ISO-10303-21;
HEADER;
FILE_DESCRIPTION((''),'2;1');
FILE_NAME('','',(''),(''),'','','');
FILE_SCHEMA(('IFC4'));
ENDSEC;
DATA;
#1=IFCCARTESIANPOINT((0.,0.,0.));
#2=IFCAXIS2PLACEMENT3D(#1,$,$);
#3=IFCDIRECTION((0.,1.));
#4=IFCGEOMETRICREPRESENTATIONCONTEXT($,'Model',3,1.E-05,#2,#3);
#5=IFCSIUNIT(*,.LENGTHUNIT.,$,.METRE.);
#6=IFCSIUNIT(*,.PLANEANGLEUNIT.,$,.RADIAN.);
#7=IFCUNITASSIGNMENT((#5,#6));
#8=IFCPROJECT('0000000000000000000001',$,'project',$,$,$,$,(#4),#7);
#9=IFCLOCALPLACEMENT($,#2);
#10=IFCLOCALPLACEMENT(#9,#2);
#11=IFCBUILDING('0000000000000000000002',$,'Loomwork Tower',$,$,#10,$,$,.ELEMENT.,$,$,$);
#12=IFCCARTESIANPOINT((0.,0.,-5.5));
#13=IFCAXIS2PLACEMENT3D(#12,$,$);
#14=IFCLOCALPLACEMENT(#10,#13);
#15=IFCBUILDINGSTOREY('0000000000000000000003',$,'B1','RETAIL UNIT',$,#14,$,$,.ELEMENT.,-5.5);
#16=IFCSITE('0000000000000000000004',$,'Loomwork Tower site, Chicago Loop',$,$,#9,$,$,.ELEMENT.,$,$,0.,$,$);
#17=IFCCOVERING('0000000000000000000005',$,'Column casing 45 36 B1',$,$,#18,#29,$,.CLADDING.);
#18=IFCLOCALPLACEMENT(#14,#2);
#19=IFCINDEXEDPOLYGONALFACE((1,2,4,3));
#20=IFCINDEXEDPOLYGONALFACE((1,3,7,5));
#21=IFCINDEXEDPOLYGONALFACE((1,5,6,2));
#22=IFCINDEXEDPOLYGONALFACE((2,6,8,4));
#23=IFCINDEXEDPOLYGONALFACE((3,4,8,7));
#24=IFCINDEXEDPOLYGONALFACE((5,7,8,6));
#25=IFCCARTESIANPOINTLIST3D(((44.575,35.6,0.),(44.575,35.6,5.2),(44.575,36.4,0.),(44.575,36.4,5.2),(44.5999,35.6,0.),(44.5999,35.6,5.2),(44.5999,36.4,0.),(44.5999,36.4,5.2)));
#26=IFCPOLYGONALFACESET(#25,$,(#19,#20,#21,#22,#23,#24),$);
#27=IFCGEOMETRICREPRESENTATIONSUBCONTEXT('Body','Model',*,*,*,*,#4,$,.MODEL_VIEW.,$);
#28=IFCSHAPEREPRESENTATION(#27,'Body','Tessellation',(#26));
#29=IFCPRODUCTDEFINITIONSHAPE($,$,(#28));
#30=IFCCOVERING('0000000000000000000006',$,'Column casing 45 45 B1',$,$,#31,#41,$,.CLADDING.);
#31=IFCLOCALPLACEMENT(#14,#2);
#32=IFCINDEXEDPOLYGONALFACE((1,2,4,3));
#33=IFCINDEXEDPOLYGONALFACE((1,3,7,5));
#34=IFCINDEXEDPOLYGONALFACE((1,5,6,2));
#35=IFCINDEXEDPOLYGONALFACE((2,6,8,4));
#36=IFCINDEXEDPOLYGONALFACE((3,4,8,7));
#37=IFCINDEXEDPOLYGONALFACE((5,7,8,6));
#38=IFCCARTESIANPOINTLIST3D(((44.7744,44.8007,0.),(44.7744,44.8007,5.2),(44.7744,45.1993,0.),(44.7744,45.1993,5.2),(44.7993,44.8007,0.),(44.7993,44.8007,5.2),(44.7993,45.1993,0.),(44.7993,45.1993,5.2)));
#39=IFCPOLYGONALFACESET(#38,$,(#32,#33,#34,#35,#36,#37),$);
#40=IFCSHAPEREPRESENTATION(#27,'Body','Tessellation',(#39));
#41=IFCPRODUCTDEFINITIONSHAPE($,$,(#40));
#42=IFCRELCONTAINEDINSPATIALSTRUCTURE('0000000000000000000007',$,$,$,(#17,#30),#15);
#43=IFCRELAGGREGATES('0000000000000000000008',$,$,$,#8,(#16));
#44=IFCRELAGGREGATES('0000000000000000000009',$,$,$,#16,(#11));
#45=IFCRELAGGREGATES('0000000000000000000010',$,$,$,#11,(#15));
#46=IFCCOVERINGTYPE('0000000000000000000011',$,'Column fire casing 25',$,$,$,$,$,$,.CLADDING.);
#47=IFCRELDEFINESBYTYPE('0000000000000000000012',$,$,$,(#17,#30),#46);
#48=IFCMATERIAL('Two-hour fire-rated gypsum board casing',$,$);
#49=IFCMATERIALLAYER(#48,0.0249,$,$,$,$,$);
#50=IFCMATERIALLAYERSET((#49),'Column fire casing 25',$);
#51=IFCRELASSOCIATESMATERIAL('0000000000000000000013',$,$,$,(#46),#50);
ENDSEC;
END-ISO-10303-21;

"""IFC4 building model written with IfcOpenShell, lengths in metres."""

from ifc_helpers import new_model, si_unit, direction, frame, origin, origin_2d, place, context, subcontext, project, spatial, rectangle, extrude, material, layer, layer_set, type_object, element, save


model = new_model("IFC4")

# Units and contexts
model_context = context("Model", 3, precision=1e-05, world=origin(), true_north=direction((0.0, 1.0)))
body_context = subcontext(model_context, "Body", "Model", "MODEL_VIEW")
ifc_project = project(units=[si_unit("LENGTHUNIT", "METRE"), si_unit("PLANEANGLEUNIT", "RADIAN")], contexts=[model_context])

# Site, building, storey
site_placement = place(None, origin())
site = spatial("IfcSite", under=ifc_project, at=site_placement, Name="Loomwork Tower site, Chicago Loop", CompositionType="ELEMENT", RefElevation=0.0)
building_placement = place(site_placement, origin())
building = spatial("IfcBuilding", under=site, at=building_placement, Name="Loomwork Tower", CompositionType="ELEMENT")
storey_placement = place(building_placement, frame((0.0, 0.0, -5.5)))
storey = spatial("IfcBuildingStorey", under=building, at=storey_placement, Name="B1", Description="RETAIL UNIT", CompositionType="ELEMENT", Elevation=-5.5)

# Coverings
ifc_material_1 = material(Name="Two-hour fire-rated gypsum board casing")
ifc_layer_1 = layer(ifc_material_1, 0.0249)
ifc_layer_set_1 = layer_set([ifc_layer_1], Name="Column fire casing 25")
covering_type = type_object("IfcCoveringType", Name="Column fire casing 25", PredefinedType="CLADDING", material=ifc_layer_set_1)
for number, where, z_axis, x_axis, name in (
    (1, (44.5874, 36.0, 0.0), (0.0, 0.0, 1.0), (1.0, 0.0, 0.0), "Column casing 45 36 B1"),
):
    element("IfcCovering", number, at=place(storey_placement, frame(where, z_axis=z_axis, x_axis=x_axis)), inside=storey, type_object=covering_type, Name=name, PredefinedType="CLADDING", context=body_context, shape_type="SweptSolid", body=[
        extrude(rectangle(XDim=0.0249, YDim=0.8, at=origin_2d()), origin(), (0.0, 0.0, 1.0), 5.2),
    ])
covering_1_placement = place(storey_placement, frame((44.7869, 45.0, 0.0), z_axis=(0.0, 0.0, 1.0), x_axis=(1.0, 0.0, 0.0)))
element("IfcCovering", 2, at=covering_1_placement, inside=storey, type_object=covering_type, Name="Column casing 45 45 B1", PredefinedType="CLADDING", context=body_context, shape_type="SweptSolid", body=[
    extrude(rectangle(XDim=0.0249, YDim=0.3987, at=origin_2d()), origin(), (0.0, 0.0, 1.0), 5.2),
])

save(model, "model.ifc")
